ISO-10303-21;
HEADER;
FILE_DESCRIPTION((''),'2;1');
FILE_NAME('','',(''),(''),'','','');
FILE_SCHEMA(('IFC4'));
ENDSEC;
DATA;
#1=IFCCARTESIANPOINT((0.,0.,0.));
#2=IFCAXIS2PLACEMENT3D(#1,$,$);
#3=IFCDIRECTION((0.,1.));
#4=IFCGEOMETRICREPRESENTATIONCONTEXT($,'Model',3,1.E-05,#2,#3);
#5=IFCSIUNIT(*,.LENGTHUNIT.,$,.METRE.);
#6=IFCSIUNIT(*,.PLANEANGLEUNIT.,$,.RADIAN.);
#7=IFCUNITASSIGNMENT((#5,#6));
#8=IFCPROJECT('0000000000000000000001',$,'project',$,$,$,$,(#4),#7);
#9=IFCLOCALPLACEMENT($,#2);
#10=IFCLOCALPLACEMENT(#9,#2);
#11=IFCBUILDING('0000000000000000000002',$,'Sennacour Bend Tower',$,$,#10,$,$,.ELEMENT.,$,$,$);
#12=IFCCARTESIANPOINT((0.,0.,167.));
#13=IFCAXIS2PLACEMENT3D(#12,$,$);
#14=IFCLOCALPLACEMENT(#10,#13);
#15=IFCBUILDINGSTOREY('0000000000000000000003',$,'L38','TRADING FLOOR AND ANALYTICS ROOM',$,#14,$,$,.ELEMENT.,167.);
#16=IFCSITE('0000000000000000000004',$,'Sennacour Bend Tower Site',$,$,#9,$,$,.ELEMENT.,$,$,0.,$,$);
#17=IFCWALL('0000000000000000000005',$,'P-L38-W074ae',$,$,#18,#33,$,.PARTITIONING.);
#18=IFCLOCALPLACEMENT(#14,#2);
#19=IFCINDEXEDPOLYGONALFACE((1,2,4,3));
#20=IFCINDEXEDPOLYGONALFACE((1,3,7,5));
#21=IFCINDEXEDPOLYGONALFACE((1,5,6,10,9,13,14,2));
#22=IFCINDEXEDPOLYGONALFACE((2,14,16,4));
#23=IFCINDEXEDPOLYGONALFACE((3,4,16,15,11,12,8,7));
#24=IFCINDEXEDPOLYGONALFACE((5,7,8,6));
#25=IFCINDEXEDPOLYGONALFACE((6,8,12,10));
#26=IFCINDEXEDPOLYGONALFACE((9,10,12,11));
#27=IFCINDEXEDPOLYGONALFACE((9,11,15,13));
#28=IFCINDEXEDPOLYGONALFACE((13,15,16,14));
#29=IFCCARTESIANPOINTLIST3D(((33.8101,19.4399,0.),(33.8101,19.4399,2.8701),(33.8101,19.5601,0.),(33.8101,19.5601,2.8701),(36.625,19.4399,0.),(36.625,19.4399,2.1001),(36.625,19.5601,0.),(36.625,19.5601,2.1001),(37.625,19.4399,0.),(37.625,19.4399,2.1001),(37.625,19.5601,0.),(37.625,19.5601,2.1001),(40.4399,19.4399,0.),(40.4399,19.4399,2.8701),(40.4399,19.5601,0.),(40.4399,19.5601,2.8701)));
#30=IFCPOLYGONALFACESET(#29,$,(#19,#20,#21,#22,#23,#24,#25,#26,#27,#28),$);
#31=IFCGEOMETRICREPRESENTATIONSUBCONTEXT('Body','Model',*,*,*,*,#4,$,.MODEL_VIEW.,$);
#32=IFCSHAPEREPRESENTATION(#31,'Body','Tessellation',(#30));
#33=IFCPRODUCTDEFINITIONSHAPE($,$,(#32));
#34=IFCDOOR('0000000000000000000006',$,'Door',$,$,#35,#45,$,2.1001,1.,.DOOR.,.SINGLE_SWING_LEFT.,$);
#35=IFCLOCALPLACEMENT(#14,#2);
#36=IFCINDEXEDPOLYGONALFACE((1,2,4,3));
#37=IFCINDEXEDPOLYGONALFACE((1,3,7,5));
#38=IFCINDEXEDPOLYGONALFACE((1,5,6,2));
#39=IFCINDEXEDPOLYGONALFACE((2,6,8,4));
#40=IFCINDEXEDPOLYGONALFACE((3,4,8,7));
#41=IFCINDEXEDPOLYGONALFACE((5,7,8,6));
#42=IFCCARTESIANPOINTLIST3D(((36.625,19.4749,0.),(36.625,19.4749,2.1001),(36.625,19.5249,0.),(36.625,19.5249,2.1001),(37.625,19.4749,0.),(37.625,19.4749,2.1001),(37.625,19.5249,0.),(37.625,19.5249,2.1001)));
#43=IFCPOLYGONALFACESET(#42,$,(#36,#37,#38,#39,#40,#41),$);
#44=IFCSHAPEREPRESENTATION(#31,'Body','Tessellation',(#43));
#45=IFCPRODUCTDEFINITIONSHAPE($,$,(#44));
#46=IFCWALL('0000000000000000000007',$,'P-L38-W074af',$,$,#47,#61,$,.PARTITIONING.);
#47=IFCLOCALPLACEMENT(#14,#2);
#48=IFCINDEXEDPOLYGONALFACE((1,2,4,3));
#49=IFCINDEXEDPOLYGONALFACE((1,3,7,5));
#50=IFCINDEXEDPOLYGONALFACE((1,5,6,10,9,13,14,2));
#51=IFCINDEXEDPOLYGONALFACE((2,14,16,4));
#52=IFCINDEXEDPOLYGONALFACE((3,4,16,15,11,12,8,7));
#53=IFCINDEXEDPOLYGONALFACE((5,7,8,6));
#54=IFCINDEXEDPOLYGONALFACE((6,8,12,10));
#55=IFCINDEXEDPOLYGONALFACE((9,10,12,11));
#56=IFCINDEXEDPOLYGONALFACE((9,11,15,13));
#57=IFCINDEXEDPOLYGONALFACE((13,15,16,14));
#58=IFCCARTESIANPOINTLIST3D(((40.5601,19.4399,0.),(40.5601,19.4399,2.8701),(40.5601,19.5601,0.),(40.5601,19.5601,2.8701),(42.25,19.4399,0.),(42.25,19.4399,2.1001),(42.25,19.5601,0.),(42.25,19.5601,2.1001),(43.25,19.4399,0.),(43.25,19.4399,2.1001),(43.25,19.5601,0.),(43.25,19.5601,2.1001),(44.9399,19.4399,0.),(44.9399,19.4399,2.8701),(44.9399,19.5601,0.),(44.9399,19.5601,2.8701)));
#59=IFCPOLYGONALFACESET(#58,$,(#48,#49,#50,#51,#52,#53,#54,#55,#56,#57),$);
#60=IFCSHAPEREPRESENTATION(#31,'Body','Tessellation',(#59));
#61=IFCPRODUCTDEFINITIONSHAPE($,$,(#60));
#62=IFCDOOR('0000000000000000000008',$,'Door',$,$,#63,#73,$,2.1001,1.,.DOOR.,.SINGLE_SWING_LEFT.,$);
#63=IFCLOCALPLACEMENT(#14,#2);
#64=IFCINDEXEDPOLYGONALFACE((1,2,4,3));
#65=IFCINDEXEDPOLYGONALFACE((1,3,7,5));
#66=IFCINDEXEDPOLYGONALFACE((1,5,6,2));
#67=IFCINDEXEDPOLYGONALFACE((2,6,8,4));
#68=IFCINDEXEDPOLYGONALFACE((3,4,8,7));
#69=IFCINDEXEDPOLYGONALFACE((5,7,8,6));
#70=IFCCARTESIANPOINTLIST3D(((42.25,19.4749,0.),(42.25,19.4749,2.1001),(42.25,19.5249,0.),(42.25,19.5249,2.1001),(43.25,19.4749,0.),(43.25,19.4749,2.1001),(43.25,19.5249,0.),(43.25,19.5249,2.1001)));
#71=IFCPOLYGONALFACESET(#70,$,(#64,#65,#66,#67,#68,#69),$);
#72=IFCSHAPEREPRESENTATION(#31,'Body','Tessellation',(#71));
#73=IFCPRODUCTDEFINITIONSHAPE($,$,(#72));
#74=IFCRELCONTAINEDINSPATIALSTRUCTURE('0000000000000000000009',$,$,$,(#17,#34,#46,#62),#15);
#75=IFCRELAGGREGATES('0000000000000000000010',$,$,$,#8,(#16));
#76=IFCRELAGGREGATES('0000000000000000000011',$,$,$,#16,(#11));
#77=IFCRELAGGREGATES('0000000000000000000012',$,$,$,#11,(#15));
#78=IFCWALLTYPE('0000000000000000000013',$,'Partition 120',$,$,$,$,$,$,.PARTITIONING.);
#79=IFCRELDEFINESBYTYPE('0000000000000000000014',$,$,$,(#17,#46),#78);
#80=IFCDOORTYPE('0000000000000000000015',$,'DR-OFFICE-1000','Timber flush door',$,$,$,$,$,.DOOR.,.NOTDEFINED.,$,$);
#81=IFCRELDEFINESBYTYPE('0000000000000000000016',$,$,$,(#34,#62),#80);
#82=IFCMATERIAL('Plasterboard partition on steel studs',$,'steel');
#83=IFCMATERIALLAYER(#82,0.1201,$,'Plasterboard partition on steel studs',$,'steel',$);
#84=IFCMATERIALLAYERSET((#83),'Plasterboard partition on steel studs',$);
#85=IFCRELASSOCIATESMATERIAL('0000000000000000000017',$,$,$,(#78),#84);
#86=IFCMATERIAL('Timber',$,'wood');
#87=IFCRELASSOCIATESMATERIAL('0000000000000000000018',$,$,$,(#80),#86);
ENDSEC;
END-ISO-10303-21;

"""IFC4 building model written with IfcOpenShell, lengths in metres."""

from ifc_helpers import new_model, si_unit, direction, frame, frame_2d, origin, place, context, subcontext, project, spatial, rectangle, extrude, material, layer, layer_set, type_object, element, fill, save


model = new_model("IFC4")

# Units and contexts
model_context = context("Model", 3, precision=1e-05, world=origin(), true_north=direction((0.0, 1.0)))
body_context = subcontext(model_context, "Body", "Model", "MODEL_VIEW")
ifc_project = project(units=[si_unit("LENGTHUNIT", "METRE"), si_unit("PLANEANGLEUNIT", "RADIAN")], contexts=[model_context])

# Site, building, storey
site_placement = place(None, origin())
site = spatial("IfcSite", under=ifc_project, at=site_placement, Name="Sennacour Bend Tower Site", CompositionType="ELEMENT", RefElevation=0.0)
building_placement = place(site_placement, origin())
building = spatial("IfcBuilding", under=site, at=building_placement, Name="Sennacour Bend Tower", CompositionType="ELEMENT")
storey_placement = place(building_placement, frame((0.0, 0.0, 167.0)))
storey = spatial("IfcBuildingStorey", under=building, at=storey_placement, Name="L38", Description="TRADING FLOOR AND ANALYTICS ROOM", CompositionType="ELEMENT", Elevation=167.0)

# Shared definitions
ifc_material_1 = material(Name="Plasterboard partition on steel studs", Category="steel")
ifc_layer = layer(ifc_material_1, 0.1201, Name="Plasterboard partition on steel studs", Category="steel")
ifc_layer_set = layer_set([ifc_layer], Name="Plasterboard partition on steel studs")
wall_type = type_object("IfcWallType", Name="Partition 120", PredefinedType="PARTITIONING", material=ifc_layer_set)

# Shared definitions
ifc_material_2 = material(Name="Timber", Category="wood")

# Shared definitions
door_type_1 = type_object("IfcDoorType", Name="DR-OFFICE-1000", Description="Timber flush door", OperationType="NOTDEFINED", PredefinedType="DOOR", material=ifc_material_2)

# Walls, openings, doors
wall_1_placement = place(storey_placement, frame((33.8101, 19.5, 0.0), z_axis=(0.0, 0.0, 1.0), x_axis=(1.0, 0.0, 0.0)))
wall_1 = element("IfcWall", 1, at=wall_1_placement, inside=storey, type_object=wall_type, Name="P-L38-W074ae", PredefinedType="PARTITIONING", context=body_context, shape_type="SweptSolid", body=[
    extrude(rectangle(XDim=6.6299, YDim=0.1201, at=frame_2d((3.3149, 0.0))), origin(), (0.0, 0.0, 1.0), 2.8701),
])
opening_1_placement = place(wall_1_placement, frame((2.8149, 0.0, 0.0)))
opening_1 = element("IfcOpeningElement", 2, at=opening_1_placement, cuts=wall_1, PredefinedType="OPENING", context=body_context, shape_type="SweptSolid", body=[
    extrude(rectangle(XDim=1.0, YDim=2.1001, at=frame_2d((0.5, 1.05))), frame((0.0, 0.0701, 0.0), z_axis=(0.0, -1.0, 0.0), x_axis=(1.0, 0.0, 0.0)), (0.0, 0.0, 1.0), 0.1401),
])
door_1_placement = place(opening_1_placement, origin())
door_1 = element("IfcDoor", 3, at=door_1_placement, inside=storey, type_object=door_type_1, Name="Door", OperationType="SINGLE_SWING_LEFT", OverallHeight=2.1001, OverallWidth=1.0, PredefinedType="DOOR", context=body_context, shape_type="SweptSolid", body=[
    extrude(rectangle(XDim=1.0, YDim=2.1001, at=frame_2d((0.5, 1.05))), frame((0.0, 0.0249, 0.0), z_axis=(0.0, -1.0, 0.0), x_axis=(1.0, 0.0, 0.0)), (0.0, 0.0, 1.0), 0.05),
])
fill(opening_1, door_1)
wall_2_placement = place(storey_placement, frame((40.5601, 19.5, 0.0), z_axis=(0.0, 0.0, 1.0), x_axis=(1.0, 0.0, 0.0)))
wall_2 = element("IfcWall", 4, at=wall_2_placement, inside=storey, type_object=wall_type, Name="P-L38-W074af", PredefinedType="PARTITIONING", context=body_context, shape_type="SweptSolid", body=[
    extrude(rectangle(XDim=4.3799, YDim=0.1201, at=frame_2d((2.1899, 0.0))), origin(), (0.0, 0.0, 1.0), 2.8701),
])
opening_2_placement = place(wall_2_placement, frame((1.6899, 0.0, 0.0)))
opening_2 = element("IfcOpeningElement", 5, at=opening_2_placement, cuts=wall_2, PredefinedType="OPENING", context=body_context, shape_type="SweptSolid", body=[
    extrude(rectangle(XDim=1.0, YDim=2.1001, at=frame_2d((0.5, 1.05))), frame((0.0, 0.0701, 0.0), z_axis=(0.0, -1.0, 0.0), x_axis=(1.0, 0.0, 0.0)), (0.0, 0.0, 1.0), 0.1401),
])
door_2_placement = place(opening_2_placement, origin())
door_2 = element("IfcDoor", 6, at=door_2_placement, inside=storey, type_object=door_type_1, Name="Door", OperationType="SINGLE_SWING_LEFT", OverallHeight=2.1001, OverallWidth=1.0, PredefinedType="DOOR", context=body_context, shape_type="SweptSolid", body=[
    extrude(rectangle(XDim=1.0, YDim=2.1001, at=frame_2d((0.5, 1.05))), frame((0.0, 0.0249, 0.0), z_axis=(0.0, -1.0, 0.0), x_axis=(1.0, 0.0, 0.0)), (0.0, 0.0, 1.0), 0.05),
])
fill(opening_2, door_2)

save(model, "model.ifc")
